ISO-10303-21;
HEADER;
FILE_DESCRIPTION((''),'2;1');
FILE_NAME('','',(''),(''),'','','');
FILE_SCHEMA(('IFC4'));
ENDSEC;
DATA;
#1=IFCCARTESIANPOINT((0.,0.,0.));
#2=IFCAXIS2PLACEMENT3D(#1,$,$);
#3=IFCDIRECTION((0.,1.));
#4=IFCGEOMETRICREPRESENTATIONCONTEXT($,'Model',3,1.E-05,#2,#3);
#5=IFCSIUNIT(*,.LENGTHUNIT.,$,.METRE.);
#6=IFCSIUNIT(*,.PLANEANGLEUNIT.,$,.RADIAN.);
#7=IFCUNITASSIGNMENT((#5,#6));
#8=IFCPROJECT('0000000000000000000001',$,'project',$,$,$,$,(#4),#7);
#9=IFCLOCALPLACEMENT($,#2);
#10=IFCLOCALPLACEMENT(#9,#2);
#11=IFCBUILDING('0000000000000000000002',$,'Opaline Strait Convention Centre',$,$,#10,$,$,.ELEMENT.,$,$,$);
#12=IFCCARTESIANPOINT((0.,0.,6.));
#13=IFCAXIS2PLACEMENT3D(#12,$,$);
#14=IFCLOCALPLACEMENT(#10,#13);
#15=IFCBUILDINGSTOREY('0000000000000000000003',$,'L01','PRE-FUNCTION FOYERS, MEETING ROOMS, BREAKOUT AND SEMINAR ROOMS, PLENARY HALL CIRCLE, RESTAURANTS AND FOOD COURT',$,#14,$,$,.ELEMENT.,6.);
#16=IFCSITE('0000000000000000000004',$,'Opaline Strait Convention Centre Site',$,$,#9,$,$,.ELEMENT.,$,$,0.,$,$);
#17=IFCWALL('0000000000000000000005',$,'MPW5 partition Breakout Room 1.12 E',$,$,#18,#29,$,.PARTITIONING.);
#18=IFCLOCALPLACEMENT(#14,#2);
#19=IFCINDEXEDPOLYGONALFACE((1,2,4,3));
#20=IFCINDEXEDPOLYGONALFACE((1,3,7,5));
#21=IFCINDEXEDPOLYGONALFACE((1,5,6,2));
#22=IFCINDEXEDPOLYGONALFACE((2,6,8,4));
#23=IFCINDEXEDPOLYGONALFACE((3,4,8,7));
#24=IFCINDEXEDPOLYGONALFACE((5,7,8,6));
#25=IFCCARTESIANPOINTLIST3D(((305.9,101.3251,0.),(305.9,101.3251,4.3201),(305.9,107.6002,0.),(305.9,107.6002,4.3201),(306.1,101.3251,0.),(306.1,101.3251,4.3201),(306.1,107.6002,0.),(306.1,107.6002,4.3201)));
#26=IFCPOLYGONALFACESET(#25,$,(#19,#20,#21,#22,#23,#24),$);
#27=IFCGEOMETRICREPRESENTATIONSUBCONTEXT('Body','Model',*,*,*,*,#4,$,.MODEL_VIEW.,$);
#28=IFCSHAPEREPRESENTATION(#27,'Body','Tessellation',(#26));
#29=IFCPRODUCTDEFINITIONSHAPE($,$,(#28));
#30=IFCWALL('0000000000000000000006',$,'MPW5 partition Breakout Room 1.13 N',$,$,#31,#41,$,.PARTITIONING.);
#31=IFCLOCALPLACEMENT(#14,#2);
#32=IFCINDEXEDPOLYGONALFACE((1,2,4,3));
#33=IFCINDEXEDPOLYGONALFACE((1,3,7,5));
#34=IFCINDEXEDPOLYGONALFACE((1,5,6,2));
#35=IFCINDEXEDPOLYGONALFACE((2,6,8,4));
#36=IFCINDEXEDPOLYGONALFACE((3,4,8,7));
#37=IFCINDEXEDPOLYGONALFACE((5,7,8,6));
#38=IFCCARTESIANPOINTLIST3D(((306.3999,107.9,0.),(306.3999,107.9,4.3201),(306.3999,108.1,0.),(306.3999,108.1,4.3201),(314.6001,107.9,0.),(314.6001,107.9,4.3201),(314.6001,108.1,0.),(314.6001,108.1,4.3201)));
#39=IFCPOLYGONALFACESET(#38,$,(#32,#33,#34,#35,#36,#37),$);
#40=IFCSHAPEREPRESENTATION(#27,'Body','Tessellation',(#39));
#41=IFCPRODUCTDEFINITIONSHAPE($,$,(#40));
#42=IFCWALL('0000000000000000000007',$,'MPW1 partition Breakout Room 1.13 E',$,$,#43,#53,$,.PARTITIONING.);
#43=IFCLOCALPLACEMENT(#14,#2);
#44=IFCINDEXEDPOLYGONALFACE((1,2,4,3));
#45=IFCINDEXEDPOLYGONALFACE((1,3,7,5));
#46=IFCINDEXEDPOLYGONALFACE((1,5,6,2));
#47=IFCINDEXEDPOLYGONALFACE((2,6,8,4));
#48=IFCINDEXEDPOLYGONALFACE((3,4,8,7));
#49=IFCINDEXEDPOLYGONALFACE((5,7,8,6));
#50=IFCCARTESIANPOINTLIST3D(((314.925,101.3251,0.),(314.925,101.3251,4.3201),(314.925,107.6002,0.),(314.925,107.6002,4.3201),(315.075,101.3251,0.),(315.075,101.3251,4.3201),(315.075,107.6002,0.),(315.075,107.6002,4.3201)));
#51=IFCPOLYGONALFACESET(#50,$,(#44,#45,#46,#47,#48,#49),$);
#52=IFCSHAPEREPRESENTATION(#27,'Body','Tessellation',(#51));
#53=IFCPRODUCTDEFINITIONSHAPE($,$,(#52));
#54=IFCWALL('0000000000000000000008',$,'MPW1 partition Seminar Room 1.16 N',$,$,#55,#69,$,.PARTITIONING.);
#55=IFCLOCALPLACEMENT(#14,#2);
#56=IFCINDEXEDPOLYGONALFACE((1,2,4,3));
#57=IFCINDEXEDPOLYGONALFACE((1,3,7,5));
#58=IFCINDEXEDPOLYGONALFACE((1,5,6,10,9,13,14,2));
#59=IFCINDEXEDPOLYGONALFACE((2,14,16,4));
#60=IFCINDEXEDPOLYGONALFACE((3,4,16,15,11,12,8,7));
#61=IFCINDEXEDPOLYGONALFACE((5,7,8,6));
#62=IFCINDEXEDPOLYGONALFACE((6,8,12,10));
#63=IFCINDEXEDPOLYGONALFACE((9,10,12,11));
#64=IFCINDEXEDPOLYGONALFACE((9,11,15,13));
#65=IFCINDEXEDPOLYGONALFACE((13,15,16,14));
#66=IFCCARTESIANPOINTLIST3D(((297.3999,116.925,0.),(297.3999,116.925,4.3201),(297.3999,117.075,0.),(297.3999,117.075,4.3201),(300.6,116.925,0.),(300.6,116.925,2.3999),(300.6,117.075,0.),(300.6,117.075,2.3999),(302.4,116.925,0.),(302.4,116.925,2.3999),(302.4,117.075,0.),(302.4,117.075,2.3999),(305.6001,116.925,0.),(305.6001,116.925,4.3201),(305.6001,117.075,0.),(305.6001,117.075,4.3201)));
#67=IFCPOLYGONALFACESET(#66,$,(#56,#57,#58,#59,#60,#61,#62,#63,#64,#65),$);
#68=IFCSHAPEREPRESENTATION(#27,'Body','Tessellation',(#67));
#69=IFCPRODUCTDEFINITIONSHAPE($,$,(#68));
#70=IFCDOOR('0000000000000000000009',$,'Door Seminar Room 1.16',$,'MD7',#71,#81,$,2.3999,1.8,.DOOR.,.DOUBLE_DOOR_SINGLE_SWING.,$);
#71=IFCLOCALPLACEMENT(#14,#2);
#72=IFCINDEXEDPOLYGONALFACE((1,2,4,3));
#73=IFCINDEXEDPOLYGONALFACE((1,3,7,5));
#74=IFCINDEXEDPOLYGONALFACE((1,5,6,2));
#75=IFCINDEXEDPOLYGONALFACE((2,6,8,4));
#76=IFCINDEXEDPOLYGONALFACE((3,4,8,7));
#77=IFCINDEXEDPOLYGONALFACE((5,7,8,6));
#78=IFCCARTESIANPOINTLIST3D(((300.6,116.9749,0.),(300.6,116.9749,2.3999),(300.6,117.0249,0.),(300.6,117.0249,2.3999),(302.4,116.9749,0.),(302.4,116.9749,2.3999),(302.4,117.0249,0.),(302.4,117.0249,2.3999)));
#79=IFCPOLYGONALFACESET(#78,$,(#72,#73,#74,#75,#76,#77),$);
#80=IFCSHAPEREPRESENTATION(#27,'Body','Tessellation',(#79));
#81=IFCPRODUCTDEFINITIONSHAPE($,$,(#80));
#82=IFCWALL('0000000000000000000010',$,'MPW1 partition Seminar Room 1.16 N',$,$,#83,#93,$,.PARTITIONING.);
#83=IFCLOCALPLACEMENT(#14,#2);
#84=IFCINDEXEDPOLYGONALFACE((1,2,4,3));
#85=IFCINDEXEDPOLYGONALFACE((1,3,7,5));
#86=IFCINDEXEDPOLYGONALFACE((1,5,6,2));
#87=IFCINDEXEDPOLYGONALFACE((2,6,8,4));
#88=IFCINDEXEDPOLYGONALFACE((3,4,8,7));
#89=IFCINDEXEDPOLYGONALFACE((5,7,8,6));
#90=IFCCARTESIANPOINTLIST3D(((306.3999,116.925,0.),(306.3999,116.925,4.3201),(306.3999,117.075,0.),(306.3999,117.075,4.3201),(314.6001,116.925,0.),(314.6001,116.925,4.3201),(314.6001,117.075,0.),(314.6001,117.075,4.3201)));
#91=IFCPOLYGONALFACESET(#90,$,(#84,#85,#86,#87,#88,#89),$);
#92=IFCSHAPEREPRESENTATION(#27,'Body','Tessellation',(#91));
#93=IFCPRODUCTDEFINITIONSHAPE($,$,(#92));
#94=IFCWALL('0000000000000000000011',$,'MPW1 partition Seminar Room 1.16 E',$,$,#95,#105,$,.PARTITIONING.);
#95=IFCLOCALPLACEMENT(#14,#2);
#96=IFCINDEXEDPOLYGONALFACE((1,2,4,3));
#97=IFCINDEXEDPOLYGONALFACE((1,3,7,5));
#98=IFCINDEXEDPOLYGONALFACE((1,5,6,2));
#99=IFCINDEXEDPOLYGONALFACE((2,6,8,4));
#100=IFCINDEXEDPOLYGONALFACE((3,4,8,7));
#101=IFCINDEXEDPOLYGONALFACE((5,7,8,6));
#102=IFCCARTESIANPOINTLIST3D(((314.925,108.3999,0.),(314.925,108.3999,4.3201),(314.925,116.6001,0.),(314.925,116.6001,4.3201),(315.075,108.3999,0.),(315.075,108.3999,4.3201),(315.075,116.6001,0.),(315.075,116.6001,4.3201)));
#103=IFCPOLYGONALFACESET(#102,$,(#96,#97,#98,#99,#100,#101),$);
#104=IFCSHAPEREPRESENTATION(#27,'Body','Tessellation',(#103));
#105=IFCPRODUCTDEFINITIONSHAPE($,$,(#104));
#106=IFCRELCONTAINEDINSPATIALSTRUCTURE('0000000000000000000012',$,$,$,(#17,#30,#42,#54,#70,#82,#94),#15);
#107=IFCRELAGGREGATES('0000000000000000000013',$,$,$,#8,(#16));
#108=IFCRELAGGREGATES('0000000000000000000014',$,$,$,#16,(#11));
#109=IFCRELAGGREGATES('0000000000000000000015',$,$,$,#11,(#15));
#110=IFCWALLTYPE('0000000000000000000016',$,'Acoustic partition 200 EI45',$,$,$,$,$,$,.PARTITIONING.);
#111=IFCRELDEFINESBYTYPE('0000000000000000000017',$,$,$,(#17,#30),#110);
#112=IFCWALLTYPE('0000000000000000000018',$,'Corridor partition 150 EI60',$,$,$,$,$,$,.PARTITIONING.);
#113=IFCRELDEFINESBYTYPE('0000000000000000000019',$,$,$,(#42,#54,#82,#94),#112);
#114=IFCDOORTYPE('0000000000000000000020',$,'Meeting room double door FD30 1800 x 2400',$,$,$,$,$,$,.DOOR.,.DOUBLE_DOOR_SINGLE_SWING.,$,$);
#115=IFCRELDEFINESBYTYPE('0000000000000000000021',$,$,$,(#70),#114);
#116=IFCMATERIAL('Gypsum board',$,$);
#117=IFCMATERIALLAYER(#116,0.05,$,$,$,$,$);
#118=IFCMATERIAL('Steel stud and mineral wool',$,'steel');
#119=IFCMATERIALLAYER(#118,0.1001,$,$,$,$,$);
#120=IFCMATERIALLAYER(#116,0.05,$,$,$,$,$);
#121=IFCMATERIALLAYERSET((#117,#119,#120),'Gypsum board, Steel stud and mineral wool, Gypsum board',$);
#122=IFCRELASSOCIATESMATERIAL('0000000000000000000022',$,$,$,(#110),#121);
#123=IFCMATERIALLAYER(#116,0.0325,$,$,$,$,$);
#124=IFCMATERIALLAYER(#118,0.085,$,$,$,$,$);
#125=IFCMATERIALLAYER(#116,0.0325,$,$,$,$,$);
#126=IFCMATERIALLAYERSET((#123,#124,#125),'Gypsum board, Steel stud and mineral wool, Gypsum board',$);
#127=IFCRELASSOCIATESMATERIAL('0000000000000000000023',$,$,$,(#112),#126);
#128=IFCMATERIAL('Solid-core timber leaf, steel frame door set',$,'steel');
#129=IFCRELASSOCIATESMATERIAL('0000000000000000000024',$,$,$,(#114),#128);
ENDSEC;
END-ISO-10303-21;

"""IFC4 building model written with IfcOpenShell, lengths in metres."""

from ifc_helpers import new_model, si_unit, direction, frame, frame_2d, origin, place, context, subcontext, project, spatial, rectangle, extrude, material, layer, layer_set, type_object, element, fill, save


model = new_model("IFC4")

# Units and contexts
model_context = context("Model", 3, precision=1e-05, world=origin(), true_north=direction((0.0, 1.0)))
body_context = subcontext(model_context, "Body", "Model", "MODEL_VIEW")
ifc_project = project(units=[si_unit("LENGTHUNIT", "METRE"), si_unit("PLANEANGLEUNIT", "RADIAN")], contexts=[model_context])

# Site, building, storey
site_placement = place(None, origin())
site = spatial("IfcSite", under=ifc_project, at=site_placement, Name="Opaline Strait Convention Centre Site", CompositionType="ELEMENT", RefElevation=0.0)
building_placement = place(site_placement, origin())
building = spatial("IfcBuilding", under=site, at=building_placement, Name="Opaline Strait Convention Centre", CompositionType="ELEMENT")
storey_placement = place(building_placement, frame((0.0, 0.0, 6.0)))
storey = spatial("IfcBuildingStorey", under=building, at=storey_placement, Name="L01", Description="PRE-FUNCTION FOYERS, MEETING ROOMS, BREAKOUT AND SEMINAR ROOMS, PLENARY HALL CIRCLE, RESTAURANTS AND FOOD COURT", CompositionType="ELEMENT", Elevation=6.0)

# Walls
ifc_material_1 = material(Name="Gypsum board")
ifc_layer_1 = layer(ifc_material_1, 0.05)
ifc_material_2 = material(Name="Steel stud and mineral wool", Category="steel")
ifc_layer_2 = layer(ifc_material_2, 0.1001)
ifc_layer_3 = layer(ifc_material_1, 0.05)
ifc_layer_set_1 = layer_set([ifc_layer_1, ifc_layer_2, ifc_layer_3], Name="Gypsum board, Steel stud and mineral wool, Gypsum board")
wall_type_1 = type_object("IfcWallType", Name="Acoustic partition 200 EI45", PredefinedType="PARTITIONING", material=ifc_layer_set_1)
wall_1_placement = place(storey_placement, frame((306.0, 101.325, 0.0), z_axis=(0.0, 0.0, 1.0), x_axis=(0.0, 1.0, 0.0)))
element("IfcWall", 1, at=wall_1_placement, inside=storey, type_object=wall_type_1, Name="MPW5 partition Breakout Room 1.12 E", PredefinedType="PARTITIONING", context=body_context, shape_type="SweptSolid", body=[
    extrude(rectangle(XDim=6.2751, YDim=0.2, at=frame_2d((3.1377, 0.0))), origin(), (0.0, 0.0, 1.0), 4.3201),
])
wall_2_placement = place(storey_placement, frame((306.3999, 108.0, 0.0), z_axis=(0.0, 0.0, 1.0), x_axis=(1.0, 0.0, 0.0)))
element("IfcWall", 2, at=wall_2_placement, inside=storey, type_object=wall_type_1, Name="MPW5 partition Breakout Room 1.13 N", PredefinedType="PARTITIONING", context=body_context, shape_type="SweptSolid", body=[
    extrude(rectangle(XDim=8.2002, YDim=0.2, at=frame_2d((4.1001, 0.0))), origin(), (0.0, 0.0, 1.0), 4.3201),
])
ifc_layer_4 = layer(ifc_material_1, 0.0325)
ifc_layer_5 = layer(ifc_material_2, 0.085)
ifc_layer_6 = layer(ifc_material_1, 0.0325)
ifc_layer_set_2 = layer_set([ifc_layer_4, ifc_layer_5, ifc_layer_6], Name="Gypsum board, Steel stud and mineral wool, Gypsum board")
wall_type_2 = type_object("IfcWallType", Name="Corridor partition 150 EI60", PredefinedType="PARTITIONING", material=ifc_layer_set_2)
wall_3_placement = place(storey_placement, frame((315.0, 101.325, 0.0), z_axis=(0.0, 0.0, 1.0), x_axis=(0.0, 1.0, 0.0)))
element("IfcWall", 3, at=wall_3_placement, inside=storey, type_object=wall_type_2, Name="MPW1 partition Breakout Room 1.13 E", PredefinedType="PARTITIONING", context=body_context, shape_type="SweptSolid", body=[
    extrude(rectangle(XDim=6.2751, YDim=0.1499, at=frame_2d((3.1377, 0.0))), origin(), (0.0, 0.0, 1.0), 4.3201),
])

# Wall, opening, door
wall_4_placement = place(storey_placement, frame((297.3999, 117.0, 0.0), z_axis=(0.0, 0.0, 1.0), x_axis=(1.0, 0.0, 0.0)))
wall_4 = element("IfcWall", 4, at=wall_4_placement, inside=storey, type_object=wall_type_2, Name="MPW1 partition Seminar Room 1.16 N", PredefinedType="PARTITIONING", context=body_context, shape_type="SweptSolid", body=[
    extrude(rectangle(XDim=8.2002, YDim=0.1499, at=frame_2d((4.1001, 0.0))), origin(), (0.0, 0.0, 1.0), 4.3201),
])
opening_placement = place(wall_4_placement, frame((3.2002, 0.0, 0.0)))
opening = element("IfcOpeningElement", 5, at=opening_placement, cuts=wall_4, PredefinedType="OPENING", context=body_context, shape_type="SweptSolid", body=[
    extrude(rectangle(XDim=1.8, YDim=2.3999, at=frame_2d((0.8999, 1.2))), frame((0.0, 0.085, 0.0), z_axis=(0.0, -1.0, 0.0), x_axis=(1.0, 0.0, 0.0)), (0.0, 0.0, 1.0), 0.1699),
])
ifc_material_3 = material(Name="Solid-core timber leaf, steel frame door set", Category="steel")
door_type = type_object("IfcDoorType", Name="Meeting room double door FD30 1800 x 2400", OperationType="DOUBLE_DOOR_SINGLE_SWING", PredefinedType="DOOR", material=ifc_material_3)
door_placement = place(opening_placement, origin())
door = element("IfcDoor", 6, at=door_placement, inside=storey, type_object=door_type, Name="Door Seminar Room 1.16", ObjectType="MD7", OperationType="DOUBLE_DOOR_SINGLE_SWING", OverallHeight=2.3999, OverallWidth=1.8, PredefinedType="DOOR", context=body_context, shape_type="SweptSolid", body=[
    extrude(rectangle(XDim=1.8, YDim=2.3999, at=frame_2d((0.8999, 1.2))), frame((0.0, 0.0249, 0.0), z_axis=(0.0, -1.0, 0.0), x_axis=(1.0, 0.0, 0.0)), (0.0, 0.0, 1.0), 0.05),
])
fill(opening, door)

# Walls
for number, where, z_axis, x_axis, name in (
    (7, (306.3999, 117.0, 0.0), (0.0, 0.0, 1.0), (1.0, 0.0, 0.0), "MPW1 partition Seminar Room 1.16 N"),
    (8, (315.0, 108.3999, 0.0), (0.0, 0.0, 1.0), (0.0, 1.0, 0.0), "MPW1 partition Seminar Room 1.16 E"),
):
    element("IfcWall", number, at=place(storey_placement, frame(where, z_axis=z_axis, x_axis=x_axis)), inside=storey, type_object=wall_type_2, Name=name, PredefinedType="PARTITIONING", context=body_context, shape_type="SweptSolid", body=[
        extrude(rectangle(XDim=8.2002, YDim=0.1499, at=frame_2d((4.1001, 0.0))), origin(), (0.0, 0.0, 1.0), 4.3201),
    ])

save(model, "model.ifc")
